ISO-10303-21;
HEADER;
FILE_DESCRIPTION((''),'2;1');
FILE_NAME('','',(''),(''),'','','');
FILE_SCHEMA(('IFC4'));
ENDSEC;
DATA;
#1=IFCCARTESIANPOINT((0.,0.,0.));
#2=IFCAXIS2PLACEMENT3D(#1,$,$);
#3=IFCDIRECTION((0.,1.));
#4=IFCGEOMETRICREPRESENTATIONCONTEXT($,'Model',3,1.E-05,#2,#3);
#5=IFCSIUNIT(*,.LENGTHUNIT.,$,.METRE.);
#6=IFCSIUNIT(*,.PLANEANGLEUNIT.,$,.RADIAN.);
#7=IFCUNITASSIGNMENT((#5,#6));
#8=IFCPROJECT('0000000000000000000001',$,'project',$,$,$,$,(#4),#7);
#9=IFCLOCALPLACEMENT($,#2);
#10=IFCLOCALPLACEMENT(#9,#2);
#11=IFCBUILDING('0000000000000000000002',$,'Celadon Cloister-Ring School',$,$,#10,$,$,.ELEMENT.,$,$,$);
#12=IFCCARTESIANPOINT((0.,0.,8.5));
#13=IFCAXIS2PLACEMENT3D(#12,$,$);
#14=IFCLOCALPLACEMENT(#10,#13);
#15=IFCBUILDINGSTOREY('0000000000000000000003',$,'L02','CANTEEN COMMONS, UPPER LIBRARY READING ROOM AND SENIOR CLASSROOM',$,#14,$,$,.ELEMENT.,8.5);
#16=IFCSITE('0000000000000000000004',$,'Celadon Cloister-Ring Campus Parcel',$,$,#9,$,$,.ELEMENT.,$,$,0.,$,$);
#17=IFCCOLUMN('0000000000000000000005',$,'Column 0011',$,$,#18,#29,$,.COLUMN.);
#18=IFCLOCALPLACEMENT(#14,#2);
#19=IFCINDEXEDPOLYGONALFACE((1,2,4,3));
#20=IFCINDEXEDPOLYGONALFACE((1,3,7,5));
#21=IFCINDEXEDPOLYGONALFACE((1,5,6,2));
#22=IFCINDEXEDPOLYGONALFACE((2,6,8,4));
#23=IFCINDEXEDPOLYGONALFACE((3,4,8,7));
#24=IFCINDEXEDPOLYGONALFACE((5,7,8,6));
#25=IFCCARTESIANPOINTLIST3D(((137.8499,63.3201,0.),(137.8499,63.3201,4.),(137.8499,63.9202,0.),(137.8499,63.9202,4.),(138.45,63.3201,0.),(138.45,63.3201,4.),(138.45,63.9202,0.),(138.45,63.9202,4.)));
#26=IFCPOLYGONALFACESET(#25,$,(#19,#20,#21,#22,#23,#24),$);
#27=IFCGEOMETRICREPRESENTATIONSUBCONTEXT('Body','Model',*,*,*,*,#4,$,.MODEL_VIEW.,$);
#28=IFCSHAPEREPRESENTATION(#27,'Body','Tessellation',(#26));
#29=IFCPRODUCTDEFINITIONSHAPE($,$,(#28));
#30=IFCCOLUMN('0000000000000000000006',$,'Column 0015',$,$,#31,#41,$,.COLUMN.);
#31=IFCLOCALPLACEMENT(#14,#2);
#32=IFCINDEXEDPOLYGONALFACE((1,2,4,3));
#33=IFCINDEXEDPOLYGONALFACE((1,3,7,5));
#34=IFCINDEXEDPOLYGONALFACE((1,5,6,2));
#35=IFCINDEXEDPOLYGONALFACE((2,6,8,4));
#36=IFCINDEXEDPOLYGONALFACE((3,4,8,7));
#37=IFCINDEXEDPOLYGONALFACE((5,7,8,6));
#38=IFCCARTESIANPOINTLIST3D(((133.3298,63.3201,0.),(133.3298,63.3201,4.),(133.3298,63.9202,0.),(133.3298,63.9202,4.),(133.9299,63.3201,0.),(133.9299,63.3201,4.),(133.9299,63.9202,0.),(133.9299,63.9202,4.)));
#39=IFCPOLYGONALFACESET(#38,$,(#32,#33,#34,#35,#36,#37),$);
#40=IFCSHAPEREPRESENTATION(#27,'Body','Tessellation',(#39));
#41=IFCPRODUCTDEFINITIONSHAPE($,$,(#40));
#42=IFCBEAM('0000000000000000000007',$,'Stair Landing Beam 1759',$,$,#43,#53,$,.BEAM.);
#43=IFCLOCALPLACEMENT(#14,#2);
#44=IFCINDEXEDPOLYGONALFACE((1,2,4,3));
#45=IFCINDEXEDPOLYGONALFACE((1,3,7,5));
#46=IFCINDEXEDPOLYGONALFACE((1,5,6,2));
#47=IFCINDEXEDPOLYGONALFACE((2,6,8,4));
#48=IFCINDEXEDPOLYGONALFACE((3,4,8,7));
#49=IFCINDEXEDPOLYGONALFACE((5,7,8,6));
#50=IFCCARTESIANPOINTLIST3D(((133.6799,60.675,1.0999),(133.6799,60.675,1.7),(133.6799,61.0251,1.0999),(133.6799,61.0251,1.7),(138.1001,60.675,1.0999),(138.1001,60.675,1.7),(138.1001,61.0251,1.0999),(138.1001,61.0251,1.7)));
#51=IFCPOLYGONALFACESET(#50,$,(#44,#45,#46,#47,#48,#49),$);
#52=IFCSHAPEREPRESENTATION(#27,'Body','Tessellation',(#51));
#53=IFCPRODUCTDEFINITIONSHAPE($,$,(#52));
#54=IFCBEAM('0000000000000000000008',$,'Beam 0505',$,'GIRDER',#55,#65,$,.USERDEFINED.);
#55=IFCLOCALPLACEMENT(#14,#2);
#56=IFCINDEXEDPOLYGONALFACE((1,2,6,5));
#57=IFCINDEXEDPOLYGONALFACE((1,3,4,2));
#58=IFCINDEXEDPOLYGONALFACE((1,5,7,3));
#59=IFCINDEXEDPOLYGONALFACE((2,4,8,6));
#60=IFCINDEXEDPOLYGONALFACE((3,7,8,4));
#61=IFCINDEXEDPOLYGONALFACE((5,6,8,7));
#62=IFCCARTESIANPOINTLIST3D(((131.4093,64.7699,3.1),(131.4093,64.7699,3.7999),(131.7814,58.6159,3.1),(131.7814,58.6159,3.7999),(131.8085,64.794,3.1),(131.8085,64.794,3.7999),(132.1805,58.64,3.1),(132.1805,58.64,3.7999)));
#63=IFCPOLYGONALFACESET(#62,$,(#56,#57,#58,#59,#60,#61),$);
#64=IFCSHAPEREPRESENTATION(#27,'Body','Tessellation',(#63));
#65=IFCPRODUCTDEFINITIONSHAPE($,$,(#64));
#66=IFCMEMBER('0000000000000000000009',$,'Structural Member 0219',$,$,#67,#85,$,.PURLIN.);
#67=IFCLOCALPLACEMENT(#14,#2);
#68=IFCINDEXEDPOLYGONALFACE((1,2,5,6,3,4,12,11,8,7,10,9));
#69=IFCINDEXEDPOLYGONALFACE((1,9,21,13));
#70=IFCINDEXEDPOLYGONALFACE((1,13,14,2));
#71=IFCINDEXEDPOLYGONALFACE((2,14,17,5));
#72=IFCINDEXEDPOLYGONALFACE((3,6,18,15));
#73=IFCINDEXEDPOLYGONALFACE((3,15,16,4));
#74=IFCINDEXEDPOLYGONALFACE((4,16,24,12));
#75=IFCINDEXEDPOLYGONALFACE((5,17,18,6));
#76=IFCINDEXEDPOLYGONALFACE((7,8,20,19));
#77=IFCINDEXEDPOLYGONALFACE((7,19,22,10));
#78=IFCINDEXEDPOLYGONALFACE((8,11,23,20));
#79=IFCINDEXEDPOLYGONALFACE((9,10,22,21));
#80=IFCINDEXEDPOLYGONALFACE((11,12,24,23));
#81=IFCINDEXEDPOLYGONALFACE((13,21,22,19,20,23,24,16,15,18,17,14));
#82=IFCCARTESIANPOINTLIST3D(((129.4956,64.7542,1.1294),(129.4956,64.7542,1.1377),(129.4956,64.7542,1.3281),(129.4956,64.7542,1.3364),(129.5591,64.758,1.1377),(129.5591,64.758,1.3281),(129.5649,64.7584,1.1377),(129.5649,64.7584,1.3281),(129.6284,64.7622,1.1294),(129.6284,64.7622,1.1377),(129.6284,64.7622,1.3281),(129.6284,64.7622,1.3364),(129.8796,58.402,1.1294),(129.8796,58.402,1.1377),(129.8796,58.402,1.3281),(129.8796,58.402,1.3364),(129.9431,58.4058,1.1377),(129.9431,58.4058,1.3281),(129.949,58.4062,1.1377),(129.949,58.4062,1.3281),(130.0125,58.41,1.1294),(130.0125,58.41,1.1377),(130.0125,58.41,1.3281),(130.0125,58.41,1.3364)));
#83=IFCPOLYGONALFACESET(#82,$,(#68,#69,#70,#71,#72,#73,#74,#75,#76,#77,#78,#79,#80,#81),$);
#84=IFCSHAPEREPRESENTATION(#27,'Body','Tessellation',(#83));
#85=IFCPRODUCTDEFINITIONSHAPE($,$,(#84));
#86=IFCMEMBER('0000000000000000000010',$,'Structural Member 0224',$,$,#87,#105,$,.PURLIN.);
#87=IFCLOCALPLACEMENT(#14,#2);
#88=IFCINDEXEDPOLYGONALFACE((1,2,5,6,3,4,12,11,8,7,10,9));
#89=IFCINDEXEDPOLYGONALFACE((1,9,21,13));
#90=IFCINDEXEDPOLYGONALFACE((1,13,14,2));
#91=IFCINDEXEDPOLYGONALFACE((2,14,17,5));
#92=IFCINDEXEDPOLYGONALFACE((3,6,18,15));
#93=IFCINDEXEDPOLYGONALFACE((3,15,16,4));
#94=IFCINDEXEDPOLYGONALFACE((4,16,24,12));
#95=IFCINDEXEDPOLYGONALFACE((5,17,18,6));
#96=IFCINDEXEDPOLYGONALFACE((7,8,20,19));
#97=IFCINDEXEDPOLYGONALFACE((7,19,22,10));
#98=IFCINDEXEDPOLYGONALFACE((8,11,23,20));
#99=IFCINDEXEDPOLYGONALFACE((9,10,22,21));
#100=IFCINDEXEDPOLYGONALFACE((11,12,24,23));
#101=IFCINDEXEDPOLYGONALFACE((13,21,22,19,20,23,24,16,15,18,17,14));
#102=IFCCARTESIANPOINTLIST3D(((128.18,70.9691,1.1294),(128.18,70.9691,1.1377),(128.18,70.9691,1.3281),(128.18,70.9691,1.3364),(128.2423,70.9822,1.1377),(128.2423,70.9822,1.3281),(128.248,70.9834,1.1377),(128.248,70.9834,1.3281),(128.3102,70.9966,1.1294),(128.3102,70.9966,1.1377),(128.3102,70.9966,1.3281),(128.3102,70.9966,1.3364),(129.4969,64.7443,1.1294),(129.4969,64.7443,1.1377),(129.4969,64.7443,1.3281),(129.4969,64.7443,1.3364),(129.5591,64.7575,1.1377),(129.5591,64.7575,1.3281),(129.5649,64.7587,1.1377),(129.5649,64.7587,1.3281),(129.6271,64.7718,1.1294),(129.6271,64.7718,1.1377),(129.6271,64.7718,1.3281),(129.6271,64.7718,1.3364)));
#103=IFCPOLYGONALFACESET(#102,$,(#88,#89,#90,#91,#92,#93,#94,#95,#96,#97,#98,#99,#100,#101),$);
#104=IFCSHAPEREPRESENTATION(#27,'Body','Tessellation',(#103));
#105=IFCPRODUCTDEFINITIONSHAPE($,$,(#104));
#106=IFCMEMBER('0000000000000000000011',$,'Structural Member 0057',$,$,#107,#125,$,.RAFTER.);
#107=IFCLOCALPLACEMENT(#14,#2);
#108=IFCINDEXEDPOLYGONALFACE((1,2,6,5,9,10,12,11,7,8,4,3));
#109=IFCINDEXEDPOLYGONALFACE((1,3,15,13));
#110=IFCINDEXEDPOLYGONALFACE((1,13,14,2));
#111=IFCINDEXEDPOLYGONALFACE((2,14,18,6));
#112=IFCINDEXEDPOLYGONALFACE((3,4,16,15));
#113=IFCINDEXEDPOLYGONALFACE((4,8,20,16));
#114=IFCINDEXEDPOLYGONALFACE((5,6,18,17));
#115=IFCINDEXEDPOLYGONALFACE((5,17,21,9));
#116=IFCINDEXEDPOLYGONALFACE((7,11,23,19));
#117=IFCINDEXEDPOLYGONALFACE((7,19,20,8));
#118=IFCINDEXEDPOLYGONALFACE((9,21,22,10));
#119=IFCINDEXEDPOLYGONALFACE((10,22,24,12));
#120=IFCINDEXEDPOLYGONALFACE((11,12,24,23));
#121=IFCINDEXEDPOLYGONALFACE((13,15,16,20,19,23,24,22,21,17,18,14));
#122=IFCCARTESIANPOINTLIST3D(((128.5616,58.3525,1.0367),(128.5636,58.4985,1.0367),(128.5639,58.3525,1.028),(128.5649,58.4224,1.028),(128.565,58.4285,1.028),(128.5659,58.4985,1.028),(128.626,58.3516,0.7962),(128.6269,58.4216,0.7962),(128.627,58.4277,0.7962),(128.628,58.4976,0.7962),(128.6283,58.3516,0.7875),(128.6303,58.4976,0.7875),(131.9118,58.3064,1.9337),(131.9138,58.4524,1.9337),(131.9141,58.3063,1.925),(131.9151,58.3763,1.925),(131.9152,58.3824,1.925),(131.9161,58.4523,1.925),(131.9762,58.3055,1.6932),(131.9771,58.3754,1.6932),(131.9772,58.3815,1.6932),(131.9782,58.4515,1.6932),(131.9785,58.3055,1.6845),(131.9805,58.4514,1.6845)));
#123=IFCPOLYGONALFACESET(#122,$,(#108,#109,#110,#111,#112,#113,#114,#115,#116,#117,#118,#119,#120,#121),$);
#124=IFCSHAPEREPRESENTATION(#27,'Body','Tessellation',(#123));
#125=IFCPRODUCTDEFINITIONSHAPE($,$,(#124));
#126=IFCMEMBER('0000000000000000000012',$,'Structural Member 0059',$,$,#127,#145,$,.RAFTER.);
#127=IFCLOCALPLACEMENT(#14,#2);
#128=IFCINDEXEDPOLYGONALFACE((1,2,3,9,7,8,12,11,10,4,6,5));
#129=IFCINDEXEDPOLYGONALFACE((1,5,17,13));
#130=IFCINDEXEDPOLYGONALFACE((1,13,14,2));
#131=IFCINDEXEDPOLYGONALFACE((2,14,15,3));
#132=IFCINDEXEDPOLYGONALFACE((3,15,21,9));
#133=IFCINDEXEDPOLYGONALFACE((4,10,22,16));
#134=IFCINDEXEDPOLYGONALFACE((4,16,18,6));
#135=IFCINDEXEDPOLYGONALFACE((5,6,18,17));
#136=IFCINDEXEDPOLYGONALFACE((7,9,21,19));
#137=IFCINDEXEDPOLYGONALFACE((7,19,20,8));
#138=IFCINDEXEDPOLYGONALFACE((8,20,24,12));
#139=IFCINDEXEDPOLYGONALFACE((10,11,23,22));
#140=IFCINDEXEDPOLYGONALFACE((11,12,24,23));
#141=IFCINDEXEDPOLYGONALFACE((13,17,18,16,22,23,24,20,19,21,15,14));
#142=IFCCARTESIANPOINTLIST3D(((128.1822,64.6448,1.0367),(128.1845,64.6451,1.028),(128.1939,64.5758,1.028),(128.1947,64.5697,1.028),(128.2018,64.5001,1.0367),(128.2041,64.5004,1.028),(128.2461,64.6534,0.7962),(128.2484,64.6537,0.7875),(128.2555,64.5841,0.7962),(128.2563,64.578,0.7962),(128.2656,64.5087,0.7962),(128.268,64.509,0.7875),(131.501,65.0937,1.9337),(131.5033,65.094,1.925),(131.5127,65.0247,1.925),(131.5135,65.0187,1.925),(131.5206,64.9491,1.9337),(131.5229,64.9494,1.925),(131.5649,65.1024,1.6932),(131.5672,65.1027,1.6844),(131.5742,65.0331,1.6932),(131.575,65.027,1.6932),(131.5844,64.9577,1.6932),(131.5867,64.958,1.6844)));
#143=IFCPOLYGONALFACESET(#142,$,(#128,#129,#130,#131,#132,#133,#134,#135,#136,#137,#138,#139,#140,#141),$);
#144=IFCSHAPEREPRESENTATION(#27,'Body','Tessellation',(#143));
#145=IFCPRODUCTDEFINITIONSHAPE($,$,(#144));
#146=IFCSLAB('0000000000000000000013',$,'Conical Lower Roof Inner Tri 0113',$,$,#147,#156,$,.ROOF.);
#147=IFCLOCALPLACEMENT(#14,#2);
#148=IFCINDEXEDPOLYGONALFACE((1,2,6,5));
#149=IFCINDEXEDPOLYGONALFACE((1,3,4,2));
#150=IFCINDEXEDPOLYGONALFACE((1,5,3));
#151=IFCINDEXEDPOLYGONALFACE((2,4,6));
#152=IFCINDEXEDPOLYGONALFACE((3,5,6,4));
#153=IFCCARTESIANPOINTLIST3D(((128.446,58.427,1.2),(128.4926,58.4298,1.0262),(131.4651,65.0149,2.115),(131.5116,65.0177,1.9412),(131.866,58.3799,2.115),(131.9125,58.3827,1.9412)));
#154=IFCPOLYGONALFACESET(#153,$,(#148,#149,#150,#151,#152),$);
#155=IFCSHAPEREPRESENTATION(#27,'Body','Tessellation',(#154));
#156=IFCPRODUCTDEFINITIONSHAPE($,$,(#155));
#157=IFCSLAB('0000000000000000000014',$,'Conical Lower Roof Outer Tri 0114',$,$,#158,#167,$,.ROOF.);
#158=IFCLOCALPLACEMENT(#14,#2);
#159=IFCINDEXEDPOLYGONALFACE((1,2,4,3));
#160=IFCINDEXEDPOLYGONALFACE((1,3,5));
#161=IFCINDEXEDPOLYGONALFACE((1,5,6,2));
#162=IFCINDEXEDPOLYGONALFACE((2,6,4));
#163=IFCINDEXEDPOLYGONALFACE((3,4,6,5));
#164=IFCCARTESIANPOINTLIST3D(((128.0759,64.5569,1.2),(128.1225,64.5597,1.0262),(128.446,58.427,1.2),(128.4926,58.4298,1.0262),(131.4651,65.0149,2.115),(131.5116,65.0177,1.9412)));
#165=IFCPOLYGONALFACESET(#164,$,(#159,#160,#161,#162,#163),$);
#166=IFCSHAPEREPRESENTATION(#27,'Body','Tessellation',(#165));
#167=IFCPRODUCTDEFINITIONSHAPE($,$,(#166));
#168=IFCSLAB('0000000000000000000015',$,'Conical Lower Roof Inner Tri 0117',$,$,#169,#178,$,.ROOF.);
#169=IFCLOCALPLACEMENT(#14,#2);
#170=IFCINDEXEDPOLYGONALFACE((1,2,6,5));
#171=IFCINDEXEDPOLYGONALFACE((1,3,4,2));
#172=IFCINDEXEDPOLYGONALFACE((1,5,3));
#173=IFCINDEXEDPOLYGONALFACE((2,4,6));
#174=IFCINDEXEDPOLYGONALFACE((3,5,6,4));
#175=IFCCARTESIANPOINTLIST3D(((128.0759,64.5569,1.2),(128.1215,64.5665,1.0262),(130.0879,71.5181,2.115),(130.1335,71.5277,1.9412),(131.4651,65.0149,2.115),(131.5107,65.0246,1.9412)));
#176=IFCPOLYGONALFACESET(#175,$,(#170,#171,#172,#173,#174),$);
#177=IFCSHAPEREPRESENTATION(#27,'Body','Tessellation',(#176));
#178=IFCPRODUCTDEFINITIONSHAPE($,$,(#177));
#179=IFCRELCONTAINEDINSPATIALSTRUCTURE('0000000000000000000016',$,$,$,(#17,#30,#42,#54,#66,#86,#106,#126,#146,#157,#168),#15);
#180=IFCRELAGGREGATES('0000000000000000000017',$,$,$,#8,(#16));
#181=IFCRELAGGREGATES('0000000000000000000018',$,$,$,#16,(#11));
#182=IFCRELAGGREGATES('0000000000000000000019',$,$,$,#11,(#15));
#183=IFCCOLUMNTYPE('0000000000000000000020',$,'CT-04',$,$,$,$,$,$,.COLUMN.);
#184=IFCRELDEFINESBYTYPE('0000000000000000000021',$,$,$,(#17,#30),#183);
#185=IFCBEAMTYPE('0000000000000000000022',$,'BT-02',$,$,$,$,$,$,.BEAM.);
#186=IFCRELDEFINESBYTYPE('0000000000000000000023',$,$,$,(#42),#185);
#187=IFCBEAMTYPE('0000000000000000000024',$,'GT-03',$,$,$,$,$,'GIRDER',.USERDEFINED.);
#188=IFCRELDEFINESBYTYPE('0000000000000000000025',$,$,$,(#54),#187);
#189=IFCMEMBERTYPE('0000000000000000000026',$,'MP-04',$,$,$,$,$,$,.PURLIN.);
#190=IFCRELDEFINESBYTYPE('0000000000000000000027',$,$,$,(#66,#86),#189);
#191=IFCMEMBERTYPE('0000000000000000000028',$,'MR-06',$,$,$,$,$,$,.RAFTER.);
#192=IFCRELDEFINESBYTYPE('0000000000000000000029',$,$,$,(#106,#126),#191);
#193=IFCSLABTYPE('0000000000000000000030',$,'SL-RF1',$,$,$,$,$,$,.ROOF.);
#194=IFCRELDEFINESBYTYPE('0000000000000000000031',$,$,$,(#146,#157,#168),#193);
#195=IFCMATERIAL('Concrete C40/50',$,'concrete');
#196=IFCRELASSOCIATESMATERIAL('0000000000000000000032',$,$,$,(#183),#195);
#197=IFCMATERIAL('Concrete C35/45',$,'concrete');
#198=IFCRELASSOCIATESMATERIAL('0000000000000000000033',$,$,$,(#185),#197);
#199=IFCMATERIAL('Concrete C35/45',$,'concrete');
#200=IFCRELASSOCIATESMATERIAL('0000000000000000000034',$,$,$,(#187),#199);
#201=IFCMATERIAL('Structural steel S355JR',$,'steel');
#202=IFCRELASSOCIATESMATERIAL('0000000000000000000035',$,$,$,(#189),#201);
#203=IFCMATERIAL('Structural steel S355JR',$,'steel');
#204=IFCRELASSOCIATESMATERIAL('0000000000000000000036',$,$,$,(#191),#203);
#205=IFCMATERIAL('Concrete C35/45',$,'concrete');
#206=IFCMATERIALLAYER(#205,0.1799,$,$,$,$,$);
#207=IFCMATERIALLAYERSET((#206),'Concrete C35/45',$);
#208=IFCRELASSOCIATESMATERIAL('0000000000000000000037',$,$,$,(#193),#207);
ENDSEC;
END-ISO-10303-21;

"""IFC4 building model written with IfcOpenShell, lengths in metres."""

from ifc_helpers import new_model, si_unit, direction, frame, origin, origin_2d, place, context, subcontext, project, spatial, polyline, rectangle, i_section, outline, extrude, material, layer, layer_set, material_profile, profile_set, type_object, element, save


model = new_model("IFC4")

# Units and contexts
model_context = context("Model", 3, precision=1e-05, world=origin(), true_north=direction((0.0, 1.0)))
body_context = subcontext(model_context, "Body", "Model", "MODEL_VIEW")
ifc_project = project(units=[si_unit("LENGTHUNIT", "METRE"), si_unit("PLANEANGLEUNIT", "RADIAN")], contexts=[model_context])

# Site, building, storey
site_placement = place(None, origin())
site = spatial("IfcSite", under=ifc_project, at=site_placement, Name="Celadon Cloister-Ring Campus Parcel", CompositionType="ELEMENT", RefElevation=0.0)
building_placement = place(site_placement, origin())
building = spatial("IfcBuilding", under=site, at=building_placement, Name="Celadon Cloister-Ring School", CompositionType="ELEMENT")
storey_placement = place(building_placement, frame((0.0, 0.0, 8.5)))
storey = spatial("IfcBuildingStorey", under=building, at=storey_placement, Name="L02", Description="CANTEEN COMMONS, UPPER LIBRARY READING ROOM AND SENIOR CLASSROOM", CompositionType="ELEMENT", Elevation=8.5)

# Columns
ifc_material_1 = material(Name="Concrete C40/50", Category="concrete")
ifc_material_profile_1 = material_profile(ifc_material_1, rectangle(XDim=0.6001, YDim=0.6001, at=origin_2d()), Name="RC600X600")
ifc_profile_set_1 = profile_set([ifc_material_profile_1], Name="Concrete C40/50")
column_type = type_object("IfcColumnType", Name="CT-04", PredefinedType="COLUMN", material=ifc_profile_set_1)
for number, where, z_axis, x_axis, name in (
    (1, (138.1499, 63.6201, 0.0), (0.0, 0.0, 1.0), (1.0, 0.0, 0.0), "Column 0011"),
    (2, (133.6299, 63.6201, 0.0), (0.0, 0.0, 1.0), (1.0, 0.0, 0.0), "Column 0015"),
):
    element("IfcColumn", number, at=place(storey_placement, frame(where, z_axis=z_axis, x_axis=x_axis)), inside=storey, type_object=column_type, Name=name, PredefinedType="COLUMN", context=body_context, shape_type="SweptSolid", body=[
        extrude(rectangle(XDim=0.6001, YDim=0.6001, at=origin_2d()), origin(), (0.0, 0.0, 1.0), 4.0),
    ])

# Beams
ifc_material_2 = material(Name="Concrete C35/45", Category="concrete")
ifc_material_profile_2 = material_profile(ifc_material_2, rectangle(XDim=0.3501, YDim=0.6001, at=origin_2d()), Name="RC350X600")
ifc_profile_set_2 = profile_set([ifc_material_profile_2], Name="Concrete C35/45")
beam_type_1 = type_object("IfcBeamType", Name="BT-02", PredefinedType="BEAM", material=ifc_profile_set_2)
beam_1_placement = place(storey_placement, frame((133.6799, 60.8501, 1.3999), z_axis=(1.0, 0.0, 0.0), x_axis=(0.0, 1.0, 0.0)))
element("IfcBeam", 3, at=beam_1_placement, inside=storey, type_object=beam_type_1, Name="Stair Landing Beam 1759", PredefinedType="BEAM", context=body_context, shape_type="SweptSolid", body=[
    extrude(rectangle(XDim=0.3501, YDim=0.6001, at=origin_2d()), origin(), (0.0, 0.0, 1.0), 4.4202),
])
ifc_material_3 = material(Name="Concrete C35/45", Category="concrete")
ifc_material_profile_3 = material_profile(ifc_material_3, rectangle(XDim=0.3999, YDim=0.7, at=origin_2d()), Name="RC400X700")
ifc_profile_set_3 = profile_set([ifc_material_profile_3], Name="Concrete C35/45")
beam_type_2 = type_object("IfcBeamType", Name="GT-03", ElementType="GIRDER", PredefinedType="USERDEFINED", material=ifc_profile_set_3)
beam_2_placement = place(storey_placement, frame((131.981, 58.6279, 3.45), z_axis=(-0.060349, 0.998177, 0.0), x_axis=(-0.998177, -0.060349, 0.0)))
element("IfcBeam", 4, at=beam_2_placement, inside=storey, type_object=beam_type_2, Name="Beam 0505", ObjectType="GIRDER", PredefinedType="USERDEFINED", context=body_context, shape_type="SweptSolid", body=[
    extrude(rectangle(XDim=0.3999, YDim=0.7, at=origin_2d()), origin(), (0.0, 0.0, 1.0), 6.1653),
])

# Members
ifc_material_4 = material(Name="Structural steel S355JR", Category="steel")
ifc_material_profile_4 = material_profile(ifc_material_4, i_section(OverallWidth=0.1331, OverallDepth=0.207, WebThickness=0.0059, FlangeThickness=0.0083, at=origin_2d()), Name="W200X27")
ifc_profile_set_4 = profile_set([ifc_material_profile_4], Name="Structural steel S355JR")
member_type_1 = type_object("IfcMemberType", Name="MP-04", PredefinedType="PURLIN", material=ifc_profile_set_4)
member_1_placement = place(storey_placement, frame((129.946, 58.406, 1.2329), z_axis=(-0.060348, 0.998177, 0.0), x_axis=(-0.998177, -0.060348, 0.0)))
element("IfcMember", 5, at=member_1_placement, inside=storey, type_object=member_type_1, Name="Structural Member 0219", PredefinedType="PURLIN", context=body_context, shape_type="SweptSolid", body=[
    extrude(i_section(OverallWidth=0.1331, OverallDepth=0.207, WebThickness=0.0059, FlangeThickness=0.0083, at=origin_2d()), origin(), (0.0, 0.0, 1.0), 6.3638),
])
member_2_placement = place(storey_placement, frame((129.562, 64.7581, 1.2329), z_axis=(-0.206973, 0.978347, 0.0), x_axis=(-0.978347, -0.206973, 0.0)))
element("IfcMember", 6, at=member_2_placement, inside=storey, type_object=member_type_1, Name="Structural Member 0224", PredefinedType="PURLIN", context=body_context, shape_type="SweptSolid", body=[
    extrude(i_section(OverallWidth=0.1331, OverallDepth=0.207, WebThickness=0.0059, FlangeThickness=0.0083, at=origin_2d()), origin(), (0.0, 0.0, 1.0), 6.3625),
])
ifc_material_5 = material(Name="Structural steel S355JR", Category="steel")
ifc_material_profile_5 = material_profile(ifc_material_5, i_section(OverallWidth=0.146, OverallDepth=0.2581, WebThickness=0.0061, FlangeThickness=0.009, at=origin_2d()), Name="W250X33")
ifc_profile_set_5 = profile_set([ifc_material_profile_5], Name="Structural steel S355JR")
member_type_2 = type_object("IfcMemberType", Name="MR-06", PredefinedType="RAFTER", material=ifc_profile_set_5)
member_3_placement = place(storey_placement, frame((128.5959, 58.425, 0.9121), z_axis=(0.96589, -0.013304, 0.258612), x_axis=(0.013772, 0.999905, 0.0)))
element("IfcMember", 7, at=member_3_placement, inside=storey, type_object=member_type_2, Name="Structural Member 0057", PredefinedType="RAFTER", context=body_context, shape_type="SweptSolid", body=[
    extrude(i_section(OverallWidth=0.146, OverallDepth=0.2581, WebThickness=0.0061, FlangeThickness=0.009, at=origin_2d()), origin(), (0.0, 0.0, 1.0), 3.4685),
])
member_4_placement = place(storey_placement, frame((128.2251, 64.5769, 0.9121), z_axis=(0.957236, 0.129495, 0.258709), x_axis=(-0.134059, 0.990973, 0.0)))
element("IfcMember", 8, at=member_4_placement, inside=storey, type_object=member_type_2, Name="Structural Member 0059", PredefinedType="RAFTER", context=body_context, shape_type="SweptSolid", body=[
    extrude(i_section(OverallWidth=0.146, OverallDepth=0.2581, WebThickness=0.0061, FlangeThickness=0.009, at=origin_2d()), origin(), (0.0, 0.0, 1.0), 3.467),
])

# Slabs
ifc_material_6 = material(Name="Concrete C35/45", Category="concrete")
ifc_layer_1 = layer(ifc_material_6, 0.1799)
ifc_layer_set_1 = layer_set([ifc_layer_1], Name="Concrete C35/45")
slab_type = type_object("IfcSlabType", Name="SL-RF1", PredefinedType="ROOF", material=ifc_layer_set_1)
slab_1_placement = place(storey_placement, frame((128.446, 58.427, 1.2), z_axis=(-0.258639, -0.015627, 0.965848), x_axis=(0.965934, -0.013308, 0.258447)))
element("IfcSlab", 9, at=slab_1_placement, inside=storey, type_object=slab_type, Name="Conical Lower Roof Inner Tri 0113", PredefinedType="ROOF", context=body_context, shape_type="SweptSolid", body=[
    extrude(outline(polyline([(0.0, 0.0), (3.5405, 0.0), (3.065, 6.6301), (0.0, 0.0)])), origin(), (0.0, 0.0, -1.0), 0.1799),
])
slab_2_placement = place(storey_placement, frame((128.446, 58.427, 1.2), z_axis=(-0.258657, -0.015618, 0.965843), x_axis=(0.413326, 0.901924, 0.125275)))
element("IfcSlab", 10, at=slab_2_placement, inside=storey, type_object=slab_type, Name="Conical Lower Roof Outer Tri 0114", PredefinedType="ROOF", context=body_context, shape_type="SweptSolid", body=[
    extrude(outline(polyline([(0.0, 0.0), (7.3043, 0.0), (5.3757, 2.9689), (0.0, 0.0)])), origin(), (0.0, 0.0, -1.0), 0.1799),
])
slab_3_placement = place(storey_placement, frame((128.0759, 64.5569, 1.2), z_axis=(-0.253512, -0.053687, 0.965841), x_axis=(0.957318, 0.129371, 0.258466)))
element("IfcSlab", 11, at=slab_3_placement, inside=storey, type_object=slab_type, Name="Conical Lower Roof Inner Tri 0117", PredefinedType="ROOF", context=body_context, shape_type="SweptSolid", body=[
    extrude(outline(polyline([(0.0, 0.0), (3.5403, 0.0), (3.0632, 6.6303), (0.0, 0.0)])), origin(), (0.0, 0.0, -1.0), 0.1799),
])

save(model, "model.ifc")
